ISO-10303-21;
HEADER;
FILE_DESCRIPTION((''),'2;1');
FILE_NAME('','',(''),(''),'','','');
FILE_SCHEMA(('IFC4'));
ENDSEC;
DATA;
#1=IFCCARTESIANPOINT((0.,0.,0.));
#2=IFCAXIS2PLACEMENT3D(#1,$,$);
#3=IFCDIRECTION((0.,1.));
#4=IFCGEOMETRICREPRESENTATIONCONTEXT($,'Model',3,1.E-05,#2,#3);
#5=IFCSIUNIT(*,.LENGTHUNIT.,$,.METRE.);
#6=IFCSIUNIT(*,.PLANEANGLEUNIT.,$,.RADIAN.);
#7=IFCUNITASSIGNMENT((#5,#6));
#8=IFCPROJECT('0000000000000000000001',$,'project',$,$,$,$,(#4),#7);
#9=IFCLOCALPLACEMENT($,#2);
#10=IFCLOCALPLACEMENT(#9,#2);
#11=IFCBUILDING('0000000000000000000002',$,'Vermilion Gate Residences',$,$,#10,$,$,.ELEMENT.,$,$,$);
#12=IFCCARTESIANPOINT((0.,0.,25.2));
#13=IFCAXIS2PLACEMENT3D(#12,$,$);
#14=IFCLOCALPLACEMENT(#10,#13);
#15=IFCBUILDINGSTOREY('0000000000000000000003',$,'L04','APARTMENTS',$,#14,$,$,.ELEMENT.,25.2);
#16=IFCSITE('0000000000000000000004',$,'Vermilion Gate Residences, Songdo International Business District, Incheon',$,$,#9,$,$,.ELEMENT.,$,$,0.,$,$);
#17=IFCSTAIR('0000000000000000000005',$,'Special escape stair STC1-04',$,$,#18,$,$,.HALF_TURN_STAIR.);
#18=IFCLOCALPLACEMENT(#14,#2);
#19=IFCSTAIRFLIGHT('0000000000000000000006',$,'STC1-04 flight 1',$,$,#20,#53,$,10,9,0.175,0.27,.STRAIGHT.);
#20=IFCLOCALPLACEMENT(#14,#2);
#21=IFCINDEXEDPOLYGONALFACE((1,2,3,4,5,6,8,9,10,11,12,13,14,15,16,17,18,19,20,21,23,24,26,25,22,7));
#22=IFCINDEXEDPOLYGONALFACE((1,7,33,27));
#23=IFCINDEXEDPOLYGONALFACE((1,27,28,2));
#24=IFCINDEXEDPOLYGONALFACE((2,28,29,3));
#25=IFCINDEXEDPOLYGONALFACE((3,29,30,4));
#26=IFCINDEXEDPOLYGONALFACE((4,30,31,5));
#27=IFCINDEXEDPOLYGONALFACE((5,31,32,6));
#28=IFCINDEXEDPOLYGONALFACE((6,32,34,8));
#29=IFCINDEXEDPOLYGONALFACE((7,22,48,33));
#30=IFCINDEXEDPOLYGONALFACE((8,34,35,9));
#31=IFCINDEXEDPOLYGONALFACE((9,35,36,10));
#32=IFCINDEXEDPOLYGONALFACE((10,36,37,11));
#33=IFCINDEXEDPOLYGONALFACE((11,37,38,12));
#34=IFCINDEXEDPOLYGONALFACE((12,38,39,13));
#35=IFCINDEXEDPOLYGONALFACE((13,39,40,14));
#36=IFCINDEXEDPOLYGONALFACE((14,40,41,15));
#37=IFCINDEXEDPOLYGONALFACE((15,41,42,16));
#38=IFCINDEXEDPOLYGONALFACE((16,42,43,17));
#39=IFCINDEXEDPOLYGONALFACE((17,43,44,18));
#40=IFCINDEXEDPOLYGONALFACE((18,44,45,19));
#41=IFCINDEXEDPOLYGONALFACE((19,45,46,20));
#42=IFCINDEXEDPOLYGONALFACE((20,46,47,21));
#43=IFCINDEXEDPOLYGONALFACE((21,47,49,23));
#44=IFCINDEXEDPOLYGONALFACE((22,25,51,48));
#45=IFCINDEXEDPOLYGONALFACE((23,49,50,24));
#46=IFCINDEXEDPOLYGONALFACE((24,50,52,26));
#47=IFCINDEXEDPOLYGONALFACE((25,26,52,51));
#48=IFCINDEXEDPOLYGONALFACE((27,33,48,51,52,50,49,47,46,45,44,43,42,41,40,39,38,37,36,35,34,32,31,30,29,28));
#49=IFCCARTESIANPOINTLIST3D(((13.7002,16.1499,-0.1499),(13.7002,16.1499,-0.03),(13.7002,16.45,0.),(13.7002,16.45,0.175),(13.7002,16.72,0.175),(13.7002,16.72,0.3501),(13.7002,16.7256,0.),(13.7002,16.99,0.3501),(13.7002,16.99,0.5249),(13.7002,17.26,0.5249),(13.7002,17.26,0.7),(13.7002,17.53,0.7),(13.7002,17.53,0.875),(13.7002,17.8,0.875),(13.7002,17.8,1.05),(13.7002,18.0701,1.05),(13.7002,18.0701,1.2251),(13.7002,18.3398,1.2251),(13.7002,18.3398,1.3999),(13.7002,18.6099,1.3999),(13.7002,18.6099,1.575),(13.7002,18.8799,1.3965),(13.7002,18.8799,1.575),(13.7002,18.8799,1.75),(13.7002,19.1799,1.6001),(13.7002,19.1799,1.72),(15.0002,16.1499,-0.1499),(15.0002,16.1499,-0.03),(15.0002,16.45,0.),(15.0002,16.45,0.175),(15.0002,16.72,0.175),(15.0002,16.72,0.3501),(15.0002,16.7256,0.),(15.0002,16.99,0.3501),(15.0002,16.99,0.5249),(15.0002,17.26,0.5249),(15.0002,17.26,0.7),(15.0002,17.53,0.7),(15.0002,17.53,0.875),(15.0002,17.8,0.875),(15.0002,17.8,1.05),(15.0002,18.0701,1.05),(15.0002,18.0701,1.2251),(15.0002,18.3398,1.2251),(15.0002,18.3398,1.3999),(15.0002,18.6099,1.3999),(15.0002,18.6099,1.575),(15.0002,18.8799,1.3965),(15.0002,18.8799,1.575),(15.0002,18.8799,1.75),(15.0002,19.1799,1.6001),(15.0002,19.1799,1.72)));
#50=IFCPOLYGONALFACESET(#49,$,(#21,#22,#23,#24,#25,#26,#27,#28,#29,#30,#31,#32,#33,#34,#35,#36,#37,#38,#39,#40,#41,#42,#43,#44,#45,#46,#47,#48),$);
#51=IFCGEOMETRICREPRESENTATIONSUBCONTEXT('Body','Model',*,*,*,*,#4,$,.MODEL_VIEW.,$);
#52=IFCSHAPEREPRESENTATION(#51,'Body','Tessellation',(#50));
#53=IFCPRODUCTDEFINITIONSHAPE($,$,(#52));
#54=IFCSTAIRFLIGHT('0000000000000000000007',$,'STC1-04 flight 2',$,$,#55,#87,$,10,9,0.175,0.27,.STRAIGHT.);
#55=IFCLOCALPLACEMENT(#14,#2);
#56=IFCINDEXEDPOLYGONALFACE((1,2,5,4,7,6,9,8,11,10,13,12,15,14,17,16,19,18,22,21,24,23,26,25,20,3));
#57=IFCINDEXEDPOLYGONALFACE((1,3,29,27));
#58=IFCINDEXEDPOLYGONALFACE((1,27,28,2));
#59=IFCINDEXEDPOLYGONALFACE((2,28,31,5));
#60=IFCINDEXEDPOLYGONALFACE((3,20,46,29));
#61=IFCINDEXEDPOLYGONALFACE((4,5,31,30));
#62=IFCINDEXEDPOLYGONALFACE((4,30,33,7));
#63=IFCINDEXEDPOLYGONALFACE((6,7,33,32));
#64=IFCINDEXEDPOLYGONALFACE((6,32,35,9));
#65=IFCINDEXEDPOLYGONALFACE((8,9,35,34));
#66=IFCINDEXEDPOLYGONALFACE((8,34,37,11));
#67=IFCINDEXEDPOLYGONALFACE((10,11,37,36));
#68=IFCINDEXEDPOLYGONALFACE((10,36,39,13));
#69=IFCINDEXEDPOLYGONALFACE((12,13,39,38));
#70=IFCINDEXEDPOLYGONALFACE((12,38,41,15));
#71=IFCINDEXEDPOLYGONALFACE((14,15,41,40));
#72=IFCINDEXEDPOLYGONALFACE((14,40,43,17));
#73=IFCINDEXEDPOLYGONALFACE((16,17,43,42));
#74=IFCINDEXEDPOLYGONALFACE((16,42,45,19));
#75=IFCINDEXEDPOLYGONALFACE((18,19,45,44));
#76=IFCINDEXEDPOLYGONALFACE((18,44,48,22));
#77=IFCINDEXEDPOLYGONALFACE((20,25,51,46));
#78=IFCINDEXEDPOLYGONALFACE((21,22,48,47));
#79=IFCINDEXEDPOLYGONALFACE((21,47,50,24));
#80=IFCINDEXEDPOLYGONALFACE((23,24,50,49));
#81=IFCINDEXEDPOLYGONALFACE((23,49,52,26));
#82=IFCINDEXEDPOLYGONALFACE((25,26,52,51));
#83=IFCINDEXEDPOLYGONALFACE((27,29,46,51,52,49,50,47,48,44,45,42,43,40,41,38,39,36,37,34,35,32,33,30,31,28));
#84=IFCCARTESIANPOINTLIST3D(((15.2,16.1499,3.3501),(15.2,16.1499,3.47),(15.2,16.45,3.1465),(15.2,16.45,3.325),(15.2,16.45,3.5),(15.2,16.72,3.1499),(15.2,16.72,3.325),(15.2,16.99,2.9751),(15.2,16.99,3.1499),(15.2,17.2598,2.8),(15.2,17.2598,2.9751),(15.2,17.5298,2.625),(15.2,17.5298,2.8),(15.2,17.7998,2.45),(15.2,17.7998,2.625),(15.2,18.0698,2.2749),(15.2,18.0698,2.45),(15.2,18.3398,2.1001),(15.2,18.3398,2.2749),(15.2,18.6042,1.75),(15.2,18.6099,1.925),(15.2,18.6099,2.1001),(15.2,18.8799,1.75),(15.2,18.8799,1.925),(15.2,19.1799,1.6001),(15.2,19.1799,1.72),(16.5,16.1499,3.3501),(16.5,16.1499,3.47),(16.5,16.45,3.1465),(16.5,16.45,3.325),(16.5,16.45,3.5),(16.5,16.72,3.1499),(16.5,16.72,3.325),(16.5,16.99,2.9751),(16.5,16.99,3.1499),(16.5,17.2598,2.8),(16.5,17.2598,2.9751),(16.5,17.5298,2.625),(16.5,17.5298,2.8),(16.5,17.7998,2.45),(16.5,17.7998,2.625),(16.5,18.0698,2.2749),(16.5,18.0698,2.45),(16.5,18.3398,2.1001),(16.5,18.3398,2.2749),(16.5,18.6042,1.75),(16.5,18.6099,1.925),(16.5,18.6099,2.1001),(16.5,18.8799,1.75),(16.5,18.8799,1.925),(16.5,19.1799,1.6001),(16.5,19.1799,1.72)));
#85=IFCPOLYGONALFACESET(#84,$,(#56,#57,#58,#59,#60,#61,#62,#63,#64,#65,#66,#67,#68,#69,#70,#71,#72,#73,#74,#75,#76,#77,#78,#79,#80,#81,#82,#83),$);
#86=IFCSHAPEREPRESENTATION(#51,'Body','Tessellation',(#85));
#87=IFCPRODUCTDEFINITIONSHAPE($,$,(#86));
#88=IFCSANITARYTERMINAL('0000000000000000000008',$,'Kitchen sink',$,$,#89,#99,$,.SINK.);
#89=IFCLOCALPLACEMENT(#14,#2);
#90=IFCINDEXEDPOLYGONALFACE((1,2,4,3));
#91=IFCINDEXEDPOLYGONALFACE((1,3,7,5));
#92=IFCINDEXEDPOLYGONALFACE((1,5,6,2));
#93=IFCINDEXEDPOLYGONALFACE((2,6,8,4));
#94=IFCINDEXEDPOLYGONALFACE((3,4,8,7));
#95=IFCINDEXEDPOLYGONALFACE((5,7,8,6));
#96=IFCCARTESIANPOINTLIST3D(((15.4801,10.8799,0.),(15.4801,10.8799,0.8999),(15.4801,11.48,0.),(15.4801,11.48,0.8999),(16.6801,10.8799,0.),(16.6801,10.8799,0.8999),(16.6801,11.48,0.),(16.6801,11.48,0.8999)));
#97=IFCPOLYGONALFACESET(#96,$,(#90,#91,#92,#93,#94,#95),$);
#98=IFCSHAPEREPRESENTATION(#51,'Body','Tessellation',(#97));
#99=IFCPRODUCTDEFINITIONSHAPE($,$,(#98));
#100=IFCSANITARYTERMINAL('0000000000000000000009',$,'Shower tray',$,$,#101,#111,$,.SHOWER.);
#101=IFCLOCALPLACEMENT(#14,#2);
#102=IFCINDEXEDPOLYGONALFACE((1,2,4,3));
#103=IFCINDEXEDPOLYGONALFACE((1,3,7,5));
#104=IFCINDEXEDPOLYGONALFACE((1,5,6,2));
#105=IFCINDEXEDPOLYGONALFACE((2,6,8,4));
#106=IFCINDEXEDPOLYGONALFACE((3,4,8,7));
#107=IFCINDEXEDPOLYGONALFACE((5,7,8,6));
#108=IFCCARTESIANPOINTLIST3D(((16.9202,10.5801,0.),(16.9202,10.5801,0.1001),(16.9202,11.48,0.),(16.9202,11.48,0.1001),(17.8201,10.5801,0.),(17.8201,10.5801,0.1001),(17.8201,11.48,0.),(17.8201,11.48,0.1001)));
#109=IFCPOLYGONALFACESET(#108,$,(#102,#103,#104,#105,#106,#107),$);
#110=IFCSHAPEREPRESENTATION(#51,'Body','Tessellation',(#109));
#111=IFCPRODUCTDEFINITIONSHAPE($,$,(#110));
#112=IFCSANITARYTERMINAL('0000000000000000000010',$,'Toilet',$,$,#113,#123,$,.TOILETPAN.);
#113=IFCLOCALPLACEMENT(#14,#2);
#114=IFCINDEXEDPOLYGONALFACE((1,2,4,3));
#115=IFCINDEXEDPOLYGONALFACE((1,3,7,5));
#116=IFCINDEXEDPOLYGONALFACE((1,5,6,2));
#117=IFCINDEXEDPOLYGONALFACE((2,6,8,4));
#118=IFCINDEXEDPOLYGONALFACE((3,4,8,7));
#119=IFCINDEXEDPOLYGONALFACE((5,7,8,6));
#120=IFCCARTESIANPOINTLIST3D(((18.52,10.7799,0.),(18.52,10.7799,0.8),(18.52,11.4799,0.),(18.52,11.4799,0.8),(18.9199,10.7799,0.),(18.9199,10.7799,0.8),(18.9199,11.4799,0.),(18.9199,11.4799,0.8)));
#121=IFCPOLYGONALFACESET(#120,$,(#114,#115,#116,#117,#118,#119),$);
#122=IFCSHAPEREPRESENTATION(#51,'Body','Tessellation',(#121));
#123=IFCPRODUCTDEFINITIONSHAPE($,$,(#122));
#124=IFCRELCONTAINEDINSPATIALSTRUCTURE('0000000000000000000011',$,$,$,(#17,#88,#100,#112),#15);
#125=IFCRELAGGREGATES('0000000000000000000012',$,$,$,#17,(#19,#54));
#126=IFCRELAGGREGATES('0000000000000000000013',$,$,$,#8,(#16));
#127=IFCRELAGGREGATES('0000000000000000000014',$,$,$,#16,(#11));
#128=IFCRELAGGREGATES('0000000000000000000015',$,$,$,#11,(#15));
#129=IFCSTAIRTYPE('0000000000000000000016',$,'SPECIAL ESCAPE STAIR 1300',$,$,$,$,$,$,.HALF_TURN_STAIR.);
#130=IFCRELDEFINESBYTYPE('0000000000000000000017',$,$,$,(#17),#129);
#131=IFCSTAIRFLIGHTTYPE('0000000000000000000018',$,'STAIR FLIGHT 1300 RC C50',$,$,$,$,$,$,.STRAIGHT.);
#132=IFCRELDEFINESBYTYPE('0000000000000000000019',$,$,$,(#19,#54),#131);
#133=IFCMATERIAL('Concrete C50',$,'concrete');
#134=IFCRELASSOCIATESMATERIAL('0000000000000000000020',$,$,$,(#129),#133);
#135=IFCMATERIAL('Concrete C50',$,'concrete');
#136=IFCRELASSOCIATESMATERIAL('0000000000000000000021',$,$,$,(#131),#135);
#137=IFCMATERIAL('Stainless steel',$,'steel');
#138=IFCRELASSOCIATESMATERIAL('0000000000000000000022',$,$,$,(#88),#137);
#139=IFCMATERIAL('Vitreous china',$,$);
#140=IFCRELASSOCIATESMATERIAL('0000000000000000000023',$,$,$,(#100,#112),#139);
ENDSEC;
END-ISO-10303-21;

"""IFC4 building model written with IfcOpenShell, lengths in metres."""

from ifc_helpers import new_model, si_unit, direction, frame, origin, origin_2d, place, context, subcontext, project, spatial, polyline, rectangle, outline, extrude, material, type_object, element, aggregate, save


model = new_model("IFC4")

# Units and contexts
model_context = context("Model", 3, precision=1e-05, world=origin(), true_north=direction((0.0, 1.0)))
body_context = subcontext(model_context, "Body", "Model", "MODEL_VIEW")
ifc_project = project(units=[si_unit("LENGTHUNIT", "METRE"), si_unit("PLANEANGLEUNIT", "RADIAN")], contexts=[model_context])

# Site, building, storey
site_placement = place(None, origin())
site = spatial("IfcSite", under=ifc_project, at=site_placement, Name="Vermilion Gate Residences, Songdo International Business District, Incheon", CompositionType="ELEMENT", RefElevation=0.0)
building_placement = place(site_placement, origin())
building = spatial("IfcBuilding", under=site, at=building_placement, Name="Vermilion Gate Residences", CompositionType="ELEMENT")
storey_placement = place(building_placement, frame((0.0, 0.0, 25.2)))
storey = spatial("IfcBuildingStorey", under=building, at=storey_placement, Name="L04", Description="APARTMENTS", CompositionType="ELEMENT", Elevation=25.2)

# Stair, stair flights
ifc_material_1 = material(Name="Concrete C50", Category="concrete")
stair_type = type_object("IfcStairType", Name="SPECIAL ESCAPE STAIR 1300", PredefinedType="HALF_TURN_STAIR", material=ifc_material_1)
stair_placement = place(storey_placement, origin())
stair = element("IfcStair", 1, at=stair_placement, inside=storey, type_object=stair_type, Name="Special escape stair STC1-04", PredefinedType="HALF_TURN_STAIR")
ifc_material_2 = material(Name="Concrete C50", Category="concrete")
stair_flight_type = type_object("IfcStairFlightType", Name="STAIR FLIGHT 1300 RC C50", PredefinedType="STRAIGHT", material=ifc_material_2)
stair_flight_1_placement = place(storey_placement, frame((14.3501, 16.45, 0.0), z_axis=(0.0, 0.0, 1.0), x_axis=(0.0, 1.0, 0.0)))
stair_flight_1 = element("IfcStairFlight", 2, at=stair_flight_1_placement, type_object=stair_flight_type, Name="STC1-04 flight 1", NumberOfRisers=10, NumberOfTreads=9, PredefinedType="STRAIGHT", RiserHeight=0.175, TreadLength=0.27, context=body_context, shape_type="SweptSolid", body=[
    extrude(outline(polyline([(-0.3, -0.1499), (-0.3, -0.03), (0.0, 0.0), (0.0, 0.175), (0.27, 0.175), (0.27, 0.3501), (0.54, 0.3501), (0.54, 0.5249), (0.8101, 0.5249), (0.8101, 0.7), (1.0801, 0.7), (1.0801, 0.875), (1.3501, 0.875), (1.3501, 1.05), (1.6201, 1.05), (1.6201, 1.2251), (1.8899, 1.2251), (1.8899, 1.3999), (2.1599, 1.3999), (2.1599, 1.575), (2.4299, 1.575), (2.4299, 1.75), (2.73, 1.72), (2.73, 1.6001), (2.4299, 1.3965), (0.2756, 0.0), (-0.3, -0.1499)])), frame((0.0, 0.6499, 0.0), z_axis=(0.0, -1.0, 0.0), x_axis=(1.0, 0.0, 0.0)), (0.0, 0.0, 1.0), 1.3),
])
stair_flight_2_placement = place(storey_placement, frame((15.8501, 18.8799, 1.75), z_axis=(0.0, 0.0, 1.0), x_axis=(0.0, -1.0, 0.0)))
stair_flight_2 = element("IfcStairFlight", 3, at=stair_flight_2_placement, type_object=stair_flight_type, Name="STC1-04 flight 2", NumberOfRisers=10, NumberOfTreads=9, PredefinedType="STRAIGHT", RiserHeight=0.175, TreadLength=0.27, context=body_context, shape_type="SweptSolid", body=[
    extrude(outline(polyline([(-0.3, -0.1499), (-0.3, -0.03), (0.0, 0.0), (0.0, 0.175), (0.27, 0.175), (0.27, 0.3501), (0.54, 0.3501), (0.54, 0.5249), (0.8101, 0.5249), (0.8101, 0.7), (1.0801, 0.7), (1.0801, 0.875), (1.3501, 0.875), (1.3501, 1.05), (1.6201, 1.05), (1.6201, 1.2251), (1.8899, 1.2251), (1.8899, 1.3999), (2.1599, 1.3999), (2.1599, 1.575), (2.4299, 1.575), (2.4299, 1.75), (2.73, 1.72), (2.73, 1.6001), (2.4299, 1.3965), (0.2756, 0.0), (-0.3, -0.1499)])), frame((0.0, 0.6499, 0.0), z_axis=(0.0, -1.0, 0.0), x_axis=(1.0, 0.0, 0.0)), (0.0, 0.0, 1.0), 1.3),
])
aggregate(stair, [stair_flight_1, stair_flight_2])

# Sanitary terminals
ifc_material_3 = material(Name="Stainless steel", Category="steel")
sanitary_terminal_1_placement = place(storey_placement, frame((16.0801, 11.1799, 0.0), z_axis=(0.0, 0.0, 1.0), x_axis=(1.0, 0.0, 0.0)))
element("IfcSanitaryTerminal", 4, at=sanitary_terminal_1_placement, inside=storey, material=ifc_material_3, Name="Kitchen sink", PredefinedType="SINK", context=body_context, shape_type="SweptSolid", body=[
    extrude(rectangle(XDim=1.2, YDim=0.6001, at=origin_2d()), origin(), (0.0, 0.0, 1.0), 0.8999),
])
ifc_material_4 = material(Name="Vitreous china")
sanitary_terminal_2_placement = place(storey_placement, frame((17.3701, 11.03, 0.0), z_axis=(0.0, 0.0, 1.0), x_axis=(1.0, 0.0, 0.0)))
element("IfcSanitaryTerminal", 5, at=sanitary_terminal_2_placement, inside=storey, material=ifc_material_4, Name="Shower tray", PredefinedType="SHOWER", context=body_context, shape_type="SweptSolid", body=[
    extrude(rectangle(XDim=0.8999, YDim=0.8999, at=origin_2d()), origin(), (0.0, 0.0, 1.0), 0.1001),
])
sanitary_terminal_3_placement = place(storey_placement, frame((18.72, 11.1299, 0.0), z_axis=(0.0, 0.0, 1.0), x_axis=(1.0, 0.0, 0.0)))
element("IfcSanitaryTerminal", 6, at=sanitary_terminal_3_placement, inside=storey, material=ifc_material_4, Name="Toilet", PredefinedType="TOILETPAN", context=body_context, shape_type="SweptSolid", body=[
    extrude(rectangle(XDim=0.3999, YDim=0.7, at=origin_2d()), origin(), (0.0, 0.0, 1.0), 0.8),
])

save(model, "model.ifc")
